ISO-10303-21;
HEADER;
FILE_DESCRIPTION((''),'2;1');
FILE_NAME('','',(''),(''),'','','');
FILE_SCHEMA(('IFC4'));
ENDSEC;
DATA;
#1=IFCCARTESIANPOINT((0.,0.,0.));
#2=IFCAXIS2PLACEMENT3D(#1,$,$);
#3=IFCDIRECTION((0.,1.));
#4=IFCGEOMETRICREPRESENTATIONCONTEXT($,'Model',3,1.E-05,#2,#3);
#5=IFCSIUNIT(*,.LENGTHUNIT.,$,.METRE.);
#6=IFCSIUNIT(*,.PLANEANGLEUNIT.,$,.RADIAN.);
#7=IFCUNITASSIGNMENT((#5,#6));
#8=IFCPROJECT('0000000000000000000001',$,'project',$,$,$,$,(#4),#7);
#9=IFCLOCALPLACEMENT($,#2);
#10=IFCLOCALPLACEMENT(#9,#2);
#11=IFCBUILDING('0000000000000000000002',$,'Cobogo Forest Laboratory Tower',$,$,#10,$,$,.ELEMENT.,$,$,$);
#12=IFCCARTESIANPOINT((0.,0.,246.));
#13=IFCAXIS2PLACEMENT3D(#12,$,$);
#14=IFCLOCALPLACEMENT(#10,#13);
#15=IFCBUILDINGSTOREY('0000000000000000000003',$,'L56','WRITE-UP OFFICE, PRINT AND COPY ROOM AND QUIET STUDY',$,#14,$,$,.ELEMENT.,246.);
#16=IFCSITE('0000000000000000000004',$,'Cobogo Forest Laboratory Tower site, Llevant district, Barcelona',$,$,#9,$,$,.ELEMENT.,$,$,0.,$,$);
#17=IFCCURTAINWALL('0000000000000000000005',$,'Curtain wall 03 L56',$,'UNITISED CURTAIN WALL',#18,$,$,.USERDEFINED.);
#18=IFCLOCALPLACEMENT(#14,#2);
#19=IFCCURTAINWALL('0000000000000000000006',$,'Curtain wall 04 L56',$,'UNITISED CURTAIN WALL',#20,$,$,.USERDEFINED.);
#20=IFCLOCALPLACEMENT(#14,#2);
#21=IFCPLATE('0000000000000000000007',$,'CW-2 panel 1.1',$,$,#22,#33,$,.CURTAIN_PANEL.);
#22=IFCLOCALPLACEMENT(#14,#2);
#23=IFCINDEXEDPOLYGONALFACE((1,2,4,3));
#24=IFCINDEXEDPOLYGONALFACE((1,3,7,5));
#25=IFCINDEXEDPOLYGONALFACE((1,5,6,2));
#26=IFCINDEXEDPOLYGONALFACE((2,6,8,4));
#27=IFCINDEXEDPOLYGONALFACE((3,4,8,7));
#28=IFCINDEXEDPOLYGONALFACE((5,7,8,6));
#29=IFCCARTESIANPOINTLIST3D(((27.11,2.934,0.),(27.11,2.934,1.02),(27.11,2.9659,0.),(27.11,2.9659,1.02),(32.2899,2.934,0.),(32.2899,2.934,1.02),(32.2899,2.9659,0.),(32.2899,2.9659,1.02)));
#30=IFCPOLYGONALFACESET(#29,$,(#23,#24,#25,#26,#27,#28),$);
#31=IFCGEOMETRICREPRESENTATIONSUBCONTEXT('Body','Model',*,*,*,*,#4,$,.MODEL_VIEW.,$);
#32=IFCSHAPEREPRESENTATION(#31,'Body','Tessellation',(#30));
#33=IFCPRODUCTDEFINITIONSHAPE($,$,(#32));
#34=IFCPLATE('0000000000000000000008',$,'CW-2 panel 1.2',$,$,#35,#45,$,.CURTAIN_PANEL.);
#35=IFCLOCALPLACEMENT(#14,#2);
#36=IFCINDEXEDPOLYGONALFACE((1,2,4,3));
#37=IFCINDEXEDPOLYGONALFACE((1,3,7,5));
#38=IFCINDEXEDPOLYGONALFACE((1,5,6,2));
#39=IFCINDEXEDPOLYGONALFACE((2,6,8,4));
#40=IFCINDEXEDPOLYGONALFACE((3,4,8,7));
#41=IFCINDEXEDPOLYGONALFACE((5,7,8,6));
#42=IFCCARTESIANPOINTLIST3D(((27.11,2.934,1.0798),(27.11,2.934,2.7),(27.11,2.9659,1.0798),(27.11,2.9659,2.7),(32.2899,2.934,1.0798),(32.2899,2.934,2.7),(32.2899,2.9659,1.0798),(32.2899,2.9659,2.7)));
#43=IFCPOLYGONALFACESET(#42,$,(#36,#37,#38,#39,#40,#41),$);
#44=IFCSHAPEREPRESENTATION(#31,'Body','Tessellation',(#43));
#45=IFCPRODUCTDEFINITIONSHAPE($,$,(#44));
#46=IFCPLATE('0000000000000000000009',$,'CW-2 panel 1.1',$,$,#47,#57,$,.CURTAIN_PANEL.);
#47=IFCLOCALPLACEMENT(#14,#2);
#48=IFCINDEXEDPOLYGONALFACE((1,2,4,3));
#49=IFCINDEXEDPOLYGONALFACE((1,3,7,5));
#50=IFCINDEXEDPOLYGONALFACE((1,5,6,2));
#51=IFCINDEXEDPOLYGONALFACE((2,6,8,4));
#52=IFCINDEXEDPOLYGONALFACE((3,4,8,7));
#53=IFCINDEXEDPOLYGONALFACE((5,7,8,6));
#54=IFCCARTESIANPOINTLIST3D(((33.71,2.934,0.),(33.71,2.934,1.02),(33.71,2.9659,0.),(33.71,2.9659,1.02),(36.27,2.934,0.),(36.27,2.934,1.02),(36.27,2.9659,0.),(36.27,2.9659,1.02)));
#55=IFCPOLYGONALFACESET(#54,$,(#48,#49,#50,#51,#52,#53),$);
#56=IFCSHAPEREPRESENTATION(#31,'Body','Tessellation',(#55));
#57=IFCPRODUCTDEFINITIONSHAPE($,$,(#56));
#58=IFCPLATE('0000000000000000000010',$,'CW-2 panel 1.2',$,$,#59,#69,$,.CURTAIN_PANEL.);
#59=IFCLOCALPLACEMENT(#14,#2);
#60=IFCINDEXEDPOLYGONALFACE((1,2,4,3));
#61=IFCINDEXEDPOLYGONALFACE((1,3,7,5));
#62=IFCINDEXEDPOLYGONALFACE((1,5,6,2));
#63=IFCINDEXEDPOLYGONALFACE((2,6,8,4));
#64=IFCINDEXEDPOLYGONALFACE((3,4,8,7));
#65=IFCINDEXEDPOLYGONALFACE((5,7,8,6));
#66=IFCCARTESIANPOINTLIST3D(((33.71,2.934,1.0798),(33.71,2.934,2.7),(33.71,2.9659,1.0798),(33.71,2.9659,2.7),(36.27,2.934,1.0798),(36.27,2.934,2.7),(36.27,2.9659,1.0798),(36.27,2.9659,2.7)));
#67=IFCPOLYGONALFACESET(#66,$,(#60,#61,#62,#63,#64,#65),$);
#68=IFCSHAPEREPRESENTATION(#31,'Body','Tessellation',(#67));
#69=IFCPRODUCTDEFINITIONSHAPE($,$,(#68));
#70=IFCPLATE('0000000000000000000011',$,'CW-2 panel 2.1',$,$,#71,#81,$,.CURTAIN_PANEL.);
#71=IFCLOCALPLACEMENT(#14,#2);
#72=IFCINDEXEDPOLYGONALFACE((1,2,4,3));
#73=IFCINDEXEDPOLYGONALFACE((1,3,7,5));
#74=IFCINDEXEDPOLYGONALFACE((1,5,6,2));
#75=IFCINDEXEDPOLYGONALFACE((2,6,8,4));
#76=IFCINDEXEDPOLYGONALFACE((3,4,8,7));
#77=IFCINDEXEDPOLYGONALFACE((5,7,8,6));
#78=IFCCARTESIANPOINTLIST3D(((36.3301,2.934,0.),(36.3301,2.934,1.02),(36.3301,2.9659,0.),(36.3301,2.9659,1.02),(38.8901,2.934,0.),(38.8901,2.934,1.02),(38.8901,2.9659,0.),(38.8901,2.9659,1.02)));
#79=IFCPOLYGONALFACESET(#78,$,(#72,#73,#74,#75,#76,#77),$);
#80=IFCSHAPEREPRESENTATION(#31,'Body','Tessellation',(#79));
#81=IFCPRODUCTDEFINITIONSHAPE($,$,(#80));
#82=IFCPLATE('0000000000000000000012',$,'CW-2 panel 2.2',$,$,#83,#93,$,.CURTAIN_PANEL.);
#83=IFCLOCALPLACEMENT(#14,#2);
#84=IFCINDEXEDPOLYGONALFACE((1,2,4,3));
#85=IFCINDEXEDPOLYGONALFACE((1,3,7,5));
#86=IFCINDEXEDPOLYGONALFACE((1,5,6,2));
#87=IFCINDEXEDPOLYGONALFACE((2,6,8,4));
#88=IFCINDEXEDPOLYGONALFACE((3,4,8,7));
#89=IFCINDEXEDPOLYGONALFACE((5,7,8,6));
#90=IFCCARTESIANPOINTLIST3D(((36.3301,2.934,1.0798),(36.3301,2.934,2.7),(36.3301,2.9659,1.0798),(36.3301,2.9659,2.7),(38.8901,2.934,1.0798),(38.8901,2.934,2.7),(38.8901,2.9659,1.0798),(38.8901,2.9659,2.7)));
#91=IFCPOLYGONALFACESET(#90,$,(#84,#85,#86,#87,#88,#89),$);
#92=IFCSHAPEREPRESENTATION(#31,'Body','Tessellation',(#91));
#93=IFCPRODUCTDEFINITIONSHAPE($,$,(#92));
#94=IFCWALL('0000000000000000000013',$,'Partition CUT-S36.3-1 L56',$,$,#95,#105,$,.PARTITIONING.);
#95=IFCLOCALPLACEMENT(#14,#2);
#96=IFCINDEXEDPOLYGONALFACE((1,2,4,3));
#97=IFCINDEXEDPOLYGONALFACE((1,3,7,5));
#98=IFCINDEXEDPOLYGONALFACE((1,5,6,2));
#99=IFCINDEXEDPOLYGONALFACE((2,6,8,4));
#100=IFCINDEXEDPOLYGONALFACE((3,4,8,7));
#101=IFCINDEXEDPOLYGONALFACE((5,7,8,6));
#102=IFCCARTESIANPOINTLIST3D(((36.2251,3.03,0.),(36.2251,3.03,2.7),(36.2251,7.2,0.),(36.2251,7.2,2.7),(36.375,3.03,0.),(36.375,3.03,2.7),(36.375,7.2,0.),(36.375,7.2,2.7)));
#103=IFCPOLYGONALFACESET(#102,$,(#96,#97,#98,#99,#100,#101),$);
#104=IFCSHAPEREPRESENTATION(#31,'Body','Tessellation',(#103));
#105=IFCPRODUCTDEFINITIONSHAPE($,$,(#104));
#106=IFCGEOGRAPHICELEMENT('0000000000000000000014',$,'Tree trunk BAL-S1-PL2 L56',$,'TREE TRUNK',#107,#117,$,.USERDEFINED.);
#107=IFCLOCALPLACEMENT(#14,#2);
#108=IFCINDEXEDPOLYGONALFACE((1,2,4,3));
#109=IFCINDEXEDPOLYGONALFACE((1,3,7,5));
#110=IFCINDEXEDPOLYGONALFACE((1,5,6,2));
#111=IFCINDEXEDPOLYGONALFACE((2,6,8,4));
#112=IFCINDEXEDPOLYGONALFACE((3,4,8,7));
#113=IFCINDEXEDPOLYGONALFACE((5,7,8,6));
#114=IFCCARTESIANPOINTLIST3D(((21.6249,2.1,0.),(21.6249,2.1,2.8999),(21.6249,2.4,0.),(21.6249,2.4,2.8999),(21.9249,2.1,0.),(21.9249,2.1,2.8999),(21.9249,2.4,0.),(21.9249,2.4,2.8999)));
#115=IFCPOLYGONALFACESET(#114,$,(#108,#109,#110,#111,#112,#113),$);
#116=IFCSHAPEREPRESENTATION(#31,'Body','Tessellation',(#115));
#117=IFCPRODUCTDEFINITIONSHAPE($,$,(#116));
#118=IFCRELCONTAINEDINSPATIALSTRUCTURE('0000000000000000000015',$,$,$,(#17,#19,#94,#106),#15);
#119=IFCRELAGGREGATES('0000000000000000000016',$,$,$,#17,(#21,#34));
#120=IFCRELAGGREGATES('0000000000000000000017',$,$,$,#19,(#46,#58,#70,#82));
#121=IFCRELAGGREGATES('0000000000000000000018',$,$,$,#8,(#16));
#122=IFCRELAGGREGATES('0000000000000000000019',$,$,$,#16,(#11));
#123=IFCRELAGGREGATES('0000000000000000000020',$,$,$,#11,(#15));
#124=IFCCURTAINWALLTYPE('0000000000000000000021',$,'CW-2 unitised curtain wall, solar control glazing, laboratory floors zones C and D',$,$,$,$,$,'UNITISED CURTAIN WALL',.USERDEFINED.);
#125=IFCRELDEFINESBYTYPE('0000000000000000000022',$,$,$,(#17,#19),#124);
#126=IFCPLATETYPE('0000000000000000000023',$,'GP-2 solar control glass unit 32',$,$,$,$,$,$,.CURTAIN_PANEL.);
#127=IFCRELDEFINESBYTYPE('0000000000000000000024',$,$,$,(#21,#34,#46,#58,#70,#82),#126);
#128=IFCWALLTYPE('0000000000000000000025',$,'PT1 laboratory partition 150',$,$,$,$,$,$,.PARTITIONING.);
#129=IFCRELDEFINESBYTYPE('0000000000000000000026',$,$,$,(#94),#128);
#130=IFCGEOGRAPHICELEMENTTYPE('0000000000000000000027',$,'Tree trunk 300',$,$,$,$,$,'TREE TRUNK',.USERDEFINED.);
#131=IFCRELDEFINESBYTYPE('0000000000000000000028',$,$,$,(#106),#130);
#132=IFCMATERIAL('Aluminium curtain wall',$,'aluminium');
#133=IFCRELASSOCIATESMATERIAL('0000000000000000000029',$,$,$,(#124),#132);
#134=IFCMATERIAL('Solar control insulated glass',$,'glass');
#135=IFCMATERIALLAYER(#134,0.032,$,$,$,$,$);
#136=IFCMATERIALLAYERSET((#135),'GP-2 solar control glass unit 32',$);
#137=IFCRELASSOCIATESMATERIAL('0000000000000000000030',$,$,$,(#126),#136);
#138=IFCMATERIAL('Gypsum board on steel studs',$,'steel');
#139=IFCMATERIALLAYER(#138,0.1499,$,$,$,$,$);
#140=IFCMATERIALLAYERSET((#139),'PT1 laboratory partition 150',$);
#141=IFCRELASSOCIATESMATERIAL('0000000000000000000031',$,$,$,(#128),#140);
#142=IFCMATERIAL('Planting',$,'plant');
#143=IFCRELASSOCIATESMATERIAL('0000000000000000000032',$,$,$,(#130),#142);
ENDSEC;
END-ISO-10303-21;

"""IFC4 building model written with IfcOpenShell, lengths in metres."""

from ifc_helpers import new_model, si_unit, direction, frame, frame_2d, origin, origin_2d, place, context, subcontext, project, spatial, rectangle, extrude, material, layer, layer_set, type_object, element, aggregate, save


model = new_model("IFC4")

# Units and contexts
model_context = context("Model", 3, precision=1e-05, world=origin(), true_north=direction((0.0, 1.0)))
body_context = subcontext(model_context, "Body", "Model", "MODEL_VIEW")
ifc_project = project(units=[si_unit("LENGTHUNIT", "METRE"), si_unit("PLANEANGLEUNIT", "RADIAN")], contexts=[model_context])

# Site, building, storey
site_placement = place(None, origin())
site = spatial("IfcSite", under=ifc_project, at=site_placement, Name="Cobogo Forest Laboratory Tower site, Llevant district, Barcelona", CompositionType="ELEMENT", RefElevation=0.0)
building_placement = place(site_placement, origin())
building = spatial("IfcBuilding", under=site, at=building_placement, Name="Cobogo Forest Laboratory Tower", CompositionType="ELEMENT")
storey_placement = place(building_placement, frame((0.0, 0.0, 246.0)))
storey = spatial("IfcBuildingStorey", under=building, at=storey_placement, Name="L56", Description="WRITE-UP OFFICE, PRINT AND COPY ROOM AND QUIET STUDY", CompositionType="ELEMENT", Elevation=246.0)

# Curtain walls
ifc_material_1 = material(Name="Aluminium curtain wall", Category="aluminium")
curtain_wall_type = type_object("IfcCurtainWallType", Name="CW-2 unitised curtain wall, solar control glazing, laboratory floors zones C and D", ElementType="UNITISED CURTAIN WALL", PredefinedType="USERDEFINED", material=ifc_material_1)
curtain_wall_1_placement = place(storey_placement, origin())
curtain_wall_1 = element("IfcCurtainWall", 1, at=curtain_wall_1_placement, inside=storey, type_object=curtain_wall_type, Name="Curtain wall 03 L56", ObjectType="UNITISED CURTAIN WALL", PredefinedType="USERDEFINED")
curtain_wall_2_placement = place(storey_placement, origin())
curtain_wall_2 = element("IfcCurtainWall", 2, at=curtain_wall_2_placement, inside=storey, type_object=curtain_wall_type, Name="Curtain wall 04 L56", ObjectType="UNITISED CURTAIN WALL", PredefinedType="USERDEFINED")

# Plates
ifc_material_2 = material(Name="Solar control insulated glass", Category="glass")
ifc_layer_1 = layer(ifc_material_2, 0.032)
ifc_layer_set_1 = layer_set([ifc_layer_1], Name="GP-2 solar control glass unit 32")
plate_type_1 = type_object("IfcPlateType", Name="GP-2 solar control glass unit 32", PredefinedType="CURTAIN_PANEL", material=ifc_layer_set_1)
plate_1_placement = place(storey_placement, frame((29.7, 2.95, 0.0), z_axis=(0.0, 0.0, 1.0), x_axis=(1.0, 0.0, 0.0)))
plate_1 = element("IfcPlate", 3, at=plate_1_placement, type_object=plate_type_1, Name="CW-2 panel 1.1", PredefinedType="CURTAIN_PANEL", context=body_context, shape_type="SweptSolid", body=[
    extrude(rectangle(XDim=5.1799, YDim=0.032, at=origin_2d()), origin(), (0.0, 0.0, 1.0), 1.02),
])
plate_2_placement = place(storey_placement, frame((29.7, 2.95, 1.0798), z_axis=(0.0, 0.0, 1.0), x_axis=(1.0, 0.0, 0.0)))
plate_2 = element("IfcPlate", 4, at=plate_2_placement, type_object=plate_type_1, Name="CW-2 panel 1.2", PredefinedType="CURTAIN_PANEL", context=body_context, shape_type="SweptSolid", body=[
    extrude(rectangle(XDim=5.1799, YDim=0.032, at=origin_2d()), origin(), (0.0, 0.0, 1.0), 1.6201),
])
aggregate(curtain_wall_1, [plate_1, plate_2])
plate_3_placement = place(storey_placement, frame((34.99, 2.95, 0.0), z_axis=(0.0, 0.0, 1.0), x_axis=(1.0, 0.0, 0.0)))
plate_3 = element("IfcPlate", 5, at=plate_3_placement, type_object=plate_type_1, Name="CW-2 panel 1.1", PredefinedType="CURTAIN_PANEL", context=body_context, shape_type="SweptSolid", body=[
    extrude(rectangle(XDim=2.5601, YDim=0.032, at=origin_2d()), origin(), (0.0, 0.0, 1.0), 1.02),
])
plate_4_placement = place(storey_placement, frame((34.99, 2.95, 1.0798), z_axis=(0.0, 0.0, 1.0), x_axis=(1.0, 0.0, 0.0)))
plate_4 = element("IfcPlate", 6, at=plate_4_placement, type_object=plate_type_1, Name="CW-2 panel 1.2", PredefinedType="CURTAIN_PANEL", context=body_context, shape_type="SweptSolid", body=[
    extrude(rectangle(XDim=2.5601, YDim=0.032, at=origin_2d()), origin(), (0.0, 0.0, 1.0), 1.6201),
])
plate_5_placement = place(storey_placement, frame((37.6101, 2.95, 0.0), z_axis=(0.0, 0.0, 1.0), x_axis=(1.0, 0.0, 0.0)))
plate_5 = element("IfcPlate", 7, at=plate_5_placement, type_object=plate_type_1, Name="CW-2 panel 2.1", PredefinedType="CURTAIN_PANEL", context=body_context, shape_type="SweptSolid", body=[
    extrude(rectangle(XDim=2.5601, YDim=0.032, at=origin_2d()), origin(), (0.0, 0.0, 1.0), 1.02),
])
plate_6_placement = place(storey_placement, frame((37.6101, 2.95, 1.0798), z_axis=(0.0, 0.0, 1.0), x_axis=(1.0, 0.0, 0.0)))
plate_6 = element("IfcPlate", 8, at=plate_6_placement, type_object=plate_type_1, Name="CW-2 panel 2.2", PredefinedType="CURTAIN_PANEL", context=body_context, shape_type="SweptSolid", body=[
    extrude(rectangle(XDim=2.5601, YDim=0.032, at=origin_2d()), origin(), (0.0, 0.0, 1.0), 1.6201),
])
aggregate(curtain_wall_2, [plate_3, plate_4, plate_5, plate_6])

# Wall
ifc_material_3 = material(Name="Gypsum board on steel studs", Category="steel")
ifc_layer_2 = layer(ifc_material_3, 0.1499)
ifc_layer_set_2 = layer_set([ifc_layer_2], Name="PT1 laboratory partition 150")
wall_type = type_object("IfcWallType", Name="PT1 laboratory partition 150", PredefinedType="PARTITIONING", material=ifc_layer_set_2)
wall_placement = place(storey_placement, frame((36.3, 3.03, 0.0), z_axis=(0.0, 0.0, 1.0), x_axis=(0.0, 1.0, 0.0)))
element("IfcWall", 9, at=wall_placement, inside=storey, type_object=wall_type, Name="Partition CUT-S36.3-1 L56", PredefinedType="PARTITIONING", context=body_context, shape_type="SweptSolid", body=[
    extrude(rectangle(XDim=4.1699, YDim=0.1499, at=frame_2d((2.085, 0.0))), origin(), (0.0, 0.0, 1.0), 2.7),
])

# Geographic element
ifc_material_4 = material(Name="Planting", Category="plant")
geographic_element_type = type_object("IfcGeographicElementType", Name="Tree trunk 300", ElementType="TREE TRUNK", PredefinedType="USERDEFINED", material=ifc_material_4)
geographic_element_placement = place(storey_placement, frame((21.7749, 2.25, 0.0), z_axis=(0.0, 0.0, 1.0), x_axis=(1.0, 0.0, 0.0)))
element("IfcGeographicElement", 10, at=geographic_element_placement, inside=storey, type_object=geographic_element_type, Name="Tree trunk BAL-S1-PL2 L56", ObjectType="TREE TRUNK", PredefinedType="USERDEFINED", context=body_context, shape_type="SweptSolid", body=[
    extrude(rectangle(XDim=0.3, YDim=0.3, at=origin_2d()), origin(), (0.0, 0.0, 1.0), 2.8999),
])

save(model, "model.ifc")
